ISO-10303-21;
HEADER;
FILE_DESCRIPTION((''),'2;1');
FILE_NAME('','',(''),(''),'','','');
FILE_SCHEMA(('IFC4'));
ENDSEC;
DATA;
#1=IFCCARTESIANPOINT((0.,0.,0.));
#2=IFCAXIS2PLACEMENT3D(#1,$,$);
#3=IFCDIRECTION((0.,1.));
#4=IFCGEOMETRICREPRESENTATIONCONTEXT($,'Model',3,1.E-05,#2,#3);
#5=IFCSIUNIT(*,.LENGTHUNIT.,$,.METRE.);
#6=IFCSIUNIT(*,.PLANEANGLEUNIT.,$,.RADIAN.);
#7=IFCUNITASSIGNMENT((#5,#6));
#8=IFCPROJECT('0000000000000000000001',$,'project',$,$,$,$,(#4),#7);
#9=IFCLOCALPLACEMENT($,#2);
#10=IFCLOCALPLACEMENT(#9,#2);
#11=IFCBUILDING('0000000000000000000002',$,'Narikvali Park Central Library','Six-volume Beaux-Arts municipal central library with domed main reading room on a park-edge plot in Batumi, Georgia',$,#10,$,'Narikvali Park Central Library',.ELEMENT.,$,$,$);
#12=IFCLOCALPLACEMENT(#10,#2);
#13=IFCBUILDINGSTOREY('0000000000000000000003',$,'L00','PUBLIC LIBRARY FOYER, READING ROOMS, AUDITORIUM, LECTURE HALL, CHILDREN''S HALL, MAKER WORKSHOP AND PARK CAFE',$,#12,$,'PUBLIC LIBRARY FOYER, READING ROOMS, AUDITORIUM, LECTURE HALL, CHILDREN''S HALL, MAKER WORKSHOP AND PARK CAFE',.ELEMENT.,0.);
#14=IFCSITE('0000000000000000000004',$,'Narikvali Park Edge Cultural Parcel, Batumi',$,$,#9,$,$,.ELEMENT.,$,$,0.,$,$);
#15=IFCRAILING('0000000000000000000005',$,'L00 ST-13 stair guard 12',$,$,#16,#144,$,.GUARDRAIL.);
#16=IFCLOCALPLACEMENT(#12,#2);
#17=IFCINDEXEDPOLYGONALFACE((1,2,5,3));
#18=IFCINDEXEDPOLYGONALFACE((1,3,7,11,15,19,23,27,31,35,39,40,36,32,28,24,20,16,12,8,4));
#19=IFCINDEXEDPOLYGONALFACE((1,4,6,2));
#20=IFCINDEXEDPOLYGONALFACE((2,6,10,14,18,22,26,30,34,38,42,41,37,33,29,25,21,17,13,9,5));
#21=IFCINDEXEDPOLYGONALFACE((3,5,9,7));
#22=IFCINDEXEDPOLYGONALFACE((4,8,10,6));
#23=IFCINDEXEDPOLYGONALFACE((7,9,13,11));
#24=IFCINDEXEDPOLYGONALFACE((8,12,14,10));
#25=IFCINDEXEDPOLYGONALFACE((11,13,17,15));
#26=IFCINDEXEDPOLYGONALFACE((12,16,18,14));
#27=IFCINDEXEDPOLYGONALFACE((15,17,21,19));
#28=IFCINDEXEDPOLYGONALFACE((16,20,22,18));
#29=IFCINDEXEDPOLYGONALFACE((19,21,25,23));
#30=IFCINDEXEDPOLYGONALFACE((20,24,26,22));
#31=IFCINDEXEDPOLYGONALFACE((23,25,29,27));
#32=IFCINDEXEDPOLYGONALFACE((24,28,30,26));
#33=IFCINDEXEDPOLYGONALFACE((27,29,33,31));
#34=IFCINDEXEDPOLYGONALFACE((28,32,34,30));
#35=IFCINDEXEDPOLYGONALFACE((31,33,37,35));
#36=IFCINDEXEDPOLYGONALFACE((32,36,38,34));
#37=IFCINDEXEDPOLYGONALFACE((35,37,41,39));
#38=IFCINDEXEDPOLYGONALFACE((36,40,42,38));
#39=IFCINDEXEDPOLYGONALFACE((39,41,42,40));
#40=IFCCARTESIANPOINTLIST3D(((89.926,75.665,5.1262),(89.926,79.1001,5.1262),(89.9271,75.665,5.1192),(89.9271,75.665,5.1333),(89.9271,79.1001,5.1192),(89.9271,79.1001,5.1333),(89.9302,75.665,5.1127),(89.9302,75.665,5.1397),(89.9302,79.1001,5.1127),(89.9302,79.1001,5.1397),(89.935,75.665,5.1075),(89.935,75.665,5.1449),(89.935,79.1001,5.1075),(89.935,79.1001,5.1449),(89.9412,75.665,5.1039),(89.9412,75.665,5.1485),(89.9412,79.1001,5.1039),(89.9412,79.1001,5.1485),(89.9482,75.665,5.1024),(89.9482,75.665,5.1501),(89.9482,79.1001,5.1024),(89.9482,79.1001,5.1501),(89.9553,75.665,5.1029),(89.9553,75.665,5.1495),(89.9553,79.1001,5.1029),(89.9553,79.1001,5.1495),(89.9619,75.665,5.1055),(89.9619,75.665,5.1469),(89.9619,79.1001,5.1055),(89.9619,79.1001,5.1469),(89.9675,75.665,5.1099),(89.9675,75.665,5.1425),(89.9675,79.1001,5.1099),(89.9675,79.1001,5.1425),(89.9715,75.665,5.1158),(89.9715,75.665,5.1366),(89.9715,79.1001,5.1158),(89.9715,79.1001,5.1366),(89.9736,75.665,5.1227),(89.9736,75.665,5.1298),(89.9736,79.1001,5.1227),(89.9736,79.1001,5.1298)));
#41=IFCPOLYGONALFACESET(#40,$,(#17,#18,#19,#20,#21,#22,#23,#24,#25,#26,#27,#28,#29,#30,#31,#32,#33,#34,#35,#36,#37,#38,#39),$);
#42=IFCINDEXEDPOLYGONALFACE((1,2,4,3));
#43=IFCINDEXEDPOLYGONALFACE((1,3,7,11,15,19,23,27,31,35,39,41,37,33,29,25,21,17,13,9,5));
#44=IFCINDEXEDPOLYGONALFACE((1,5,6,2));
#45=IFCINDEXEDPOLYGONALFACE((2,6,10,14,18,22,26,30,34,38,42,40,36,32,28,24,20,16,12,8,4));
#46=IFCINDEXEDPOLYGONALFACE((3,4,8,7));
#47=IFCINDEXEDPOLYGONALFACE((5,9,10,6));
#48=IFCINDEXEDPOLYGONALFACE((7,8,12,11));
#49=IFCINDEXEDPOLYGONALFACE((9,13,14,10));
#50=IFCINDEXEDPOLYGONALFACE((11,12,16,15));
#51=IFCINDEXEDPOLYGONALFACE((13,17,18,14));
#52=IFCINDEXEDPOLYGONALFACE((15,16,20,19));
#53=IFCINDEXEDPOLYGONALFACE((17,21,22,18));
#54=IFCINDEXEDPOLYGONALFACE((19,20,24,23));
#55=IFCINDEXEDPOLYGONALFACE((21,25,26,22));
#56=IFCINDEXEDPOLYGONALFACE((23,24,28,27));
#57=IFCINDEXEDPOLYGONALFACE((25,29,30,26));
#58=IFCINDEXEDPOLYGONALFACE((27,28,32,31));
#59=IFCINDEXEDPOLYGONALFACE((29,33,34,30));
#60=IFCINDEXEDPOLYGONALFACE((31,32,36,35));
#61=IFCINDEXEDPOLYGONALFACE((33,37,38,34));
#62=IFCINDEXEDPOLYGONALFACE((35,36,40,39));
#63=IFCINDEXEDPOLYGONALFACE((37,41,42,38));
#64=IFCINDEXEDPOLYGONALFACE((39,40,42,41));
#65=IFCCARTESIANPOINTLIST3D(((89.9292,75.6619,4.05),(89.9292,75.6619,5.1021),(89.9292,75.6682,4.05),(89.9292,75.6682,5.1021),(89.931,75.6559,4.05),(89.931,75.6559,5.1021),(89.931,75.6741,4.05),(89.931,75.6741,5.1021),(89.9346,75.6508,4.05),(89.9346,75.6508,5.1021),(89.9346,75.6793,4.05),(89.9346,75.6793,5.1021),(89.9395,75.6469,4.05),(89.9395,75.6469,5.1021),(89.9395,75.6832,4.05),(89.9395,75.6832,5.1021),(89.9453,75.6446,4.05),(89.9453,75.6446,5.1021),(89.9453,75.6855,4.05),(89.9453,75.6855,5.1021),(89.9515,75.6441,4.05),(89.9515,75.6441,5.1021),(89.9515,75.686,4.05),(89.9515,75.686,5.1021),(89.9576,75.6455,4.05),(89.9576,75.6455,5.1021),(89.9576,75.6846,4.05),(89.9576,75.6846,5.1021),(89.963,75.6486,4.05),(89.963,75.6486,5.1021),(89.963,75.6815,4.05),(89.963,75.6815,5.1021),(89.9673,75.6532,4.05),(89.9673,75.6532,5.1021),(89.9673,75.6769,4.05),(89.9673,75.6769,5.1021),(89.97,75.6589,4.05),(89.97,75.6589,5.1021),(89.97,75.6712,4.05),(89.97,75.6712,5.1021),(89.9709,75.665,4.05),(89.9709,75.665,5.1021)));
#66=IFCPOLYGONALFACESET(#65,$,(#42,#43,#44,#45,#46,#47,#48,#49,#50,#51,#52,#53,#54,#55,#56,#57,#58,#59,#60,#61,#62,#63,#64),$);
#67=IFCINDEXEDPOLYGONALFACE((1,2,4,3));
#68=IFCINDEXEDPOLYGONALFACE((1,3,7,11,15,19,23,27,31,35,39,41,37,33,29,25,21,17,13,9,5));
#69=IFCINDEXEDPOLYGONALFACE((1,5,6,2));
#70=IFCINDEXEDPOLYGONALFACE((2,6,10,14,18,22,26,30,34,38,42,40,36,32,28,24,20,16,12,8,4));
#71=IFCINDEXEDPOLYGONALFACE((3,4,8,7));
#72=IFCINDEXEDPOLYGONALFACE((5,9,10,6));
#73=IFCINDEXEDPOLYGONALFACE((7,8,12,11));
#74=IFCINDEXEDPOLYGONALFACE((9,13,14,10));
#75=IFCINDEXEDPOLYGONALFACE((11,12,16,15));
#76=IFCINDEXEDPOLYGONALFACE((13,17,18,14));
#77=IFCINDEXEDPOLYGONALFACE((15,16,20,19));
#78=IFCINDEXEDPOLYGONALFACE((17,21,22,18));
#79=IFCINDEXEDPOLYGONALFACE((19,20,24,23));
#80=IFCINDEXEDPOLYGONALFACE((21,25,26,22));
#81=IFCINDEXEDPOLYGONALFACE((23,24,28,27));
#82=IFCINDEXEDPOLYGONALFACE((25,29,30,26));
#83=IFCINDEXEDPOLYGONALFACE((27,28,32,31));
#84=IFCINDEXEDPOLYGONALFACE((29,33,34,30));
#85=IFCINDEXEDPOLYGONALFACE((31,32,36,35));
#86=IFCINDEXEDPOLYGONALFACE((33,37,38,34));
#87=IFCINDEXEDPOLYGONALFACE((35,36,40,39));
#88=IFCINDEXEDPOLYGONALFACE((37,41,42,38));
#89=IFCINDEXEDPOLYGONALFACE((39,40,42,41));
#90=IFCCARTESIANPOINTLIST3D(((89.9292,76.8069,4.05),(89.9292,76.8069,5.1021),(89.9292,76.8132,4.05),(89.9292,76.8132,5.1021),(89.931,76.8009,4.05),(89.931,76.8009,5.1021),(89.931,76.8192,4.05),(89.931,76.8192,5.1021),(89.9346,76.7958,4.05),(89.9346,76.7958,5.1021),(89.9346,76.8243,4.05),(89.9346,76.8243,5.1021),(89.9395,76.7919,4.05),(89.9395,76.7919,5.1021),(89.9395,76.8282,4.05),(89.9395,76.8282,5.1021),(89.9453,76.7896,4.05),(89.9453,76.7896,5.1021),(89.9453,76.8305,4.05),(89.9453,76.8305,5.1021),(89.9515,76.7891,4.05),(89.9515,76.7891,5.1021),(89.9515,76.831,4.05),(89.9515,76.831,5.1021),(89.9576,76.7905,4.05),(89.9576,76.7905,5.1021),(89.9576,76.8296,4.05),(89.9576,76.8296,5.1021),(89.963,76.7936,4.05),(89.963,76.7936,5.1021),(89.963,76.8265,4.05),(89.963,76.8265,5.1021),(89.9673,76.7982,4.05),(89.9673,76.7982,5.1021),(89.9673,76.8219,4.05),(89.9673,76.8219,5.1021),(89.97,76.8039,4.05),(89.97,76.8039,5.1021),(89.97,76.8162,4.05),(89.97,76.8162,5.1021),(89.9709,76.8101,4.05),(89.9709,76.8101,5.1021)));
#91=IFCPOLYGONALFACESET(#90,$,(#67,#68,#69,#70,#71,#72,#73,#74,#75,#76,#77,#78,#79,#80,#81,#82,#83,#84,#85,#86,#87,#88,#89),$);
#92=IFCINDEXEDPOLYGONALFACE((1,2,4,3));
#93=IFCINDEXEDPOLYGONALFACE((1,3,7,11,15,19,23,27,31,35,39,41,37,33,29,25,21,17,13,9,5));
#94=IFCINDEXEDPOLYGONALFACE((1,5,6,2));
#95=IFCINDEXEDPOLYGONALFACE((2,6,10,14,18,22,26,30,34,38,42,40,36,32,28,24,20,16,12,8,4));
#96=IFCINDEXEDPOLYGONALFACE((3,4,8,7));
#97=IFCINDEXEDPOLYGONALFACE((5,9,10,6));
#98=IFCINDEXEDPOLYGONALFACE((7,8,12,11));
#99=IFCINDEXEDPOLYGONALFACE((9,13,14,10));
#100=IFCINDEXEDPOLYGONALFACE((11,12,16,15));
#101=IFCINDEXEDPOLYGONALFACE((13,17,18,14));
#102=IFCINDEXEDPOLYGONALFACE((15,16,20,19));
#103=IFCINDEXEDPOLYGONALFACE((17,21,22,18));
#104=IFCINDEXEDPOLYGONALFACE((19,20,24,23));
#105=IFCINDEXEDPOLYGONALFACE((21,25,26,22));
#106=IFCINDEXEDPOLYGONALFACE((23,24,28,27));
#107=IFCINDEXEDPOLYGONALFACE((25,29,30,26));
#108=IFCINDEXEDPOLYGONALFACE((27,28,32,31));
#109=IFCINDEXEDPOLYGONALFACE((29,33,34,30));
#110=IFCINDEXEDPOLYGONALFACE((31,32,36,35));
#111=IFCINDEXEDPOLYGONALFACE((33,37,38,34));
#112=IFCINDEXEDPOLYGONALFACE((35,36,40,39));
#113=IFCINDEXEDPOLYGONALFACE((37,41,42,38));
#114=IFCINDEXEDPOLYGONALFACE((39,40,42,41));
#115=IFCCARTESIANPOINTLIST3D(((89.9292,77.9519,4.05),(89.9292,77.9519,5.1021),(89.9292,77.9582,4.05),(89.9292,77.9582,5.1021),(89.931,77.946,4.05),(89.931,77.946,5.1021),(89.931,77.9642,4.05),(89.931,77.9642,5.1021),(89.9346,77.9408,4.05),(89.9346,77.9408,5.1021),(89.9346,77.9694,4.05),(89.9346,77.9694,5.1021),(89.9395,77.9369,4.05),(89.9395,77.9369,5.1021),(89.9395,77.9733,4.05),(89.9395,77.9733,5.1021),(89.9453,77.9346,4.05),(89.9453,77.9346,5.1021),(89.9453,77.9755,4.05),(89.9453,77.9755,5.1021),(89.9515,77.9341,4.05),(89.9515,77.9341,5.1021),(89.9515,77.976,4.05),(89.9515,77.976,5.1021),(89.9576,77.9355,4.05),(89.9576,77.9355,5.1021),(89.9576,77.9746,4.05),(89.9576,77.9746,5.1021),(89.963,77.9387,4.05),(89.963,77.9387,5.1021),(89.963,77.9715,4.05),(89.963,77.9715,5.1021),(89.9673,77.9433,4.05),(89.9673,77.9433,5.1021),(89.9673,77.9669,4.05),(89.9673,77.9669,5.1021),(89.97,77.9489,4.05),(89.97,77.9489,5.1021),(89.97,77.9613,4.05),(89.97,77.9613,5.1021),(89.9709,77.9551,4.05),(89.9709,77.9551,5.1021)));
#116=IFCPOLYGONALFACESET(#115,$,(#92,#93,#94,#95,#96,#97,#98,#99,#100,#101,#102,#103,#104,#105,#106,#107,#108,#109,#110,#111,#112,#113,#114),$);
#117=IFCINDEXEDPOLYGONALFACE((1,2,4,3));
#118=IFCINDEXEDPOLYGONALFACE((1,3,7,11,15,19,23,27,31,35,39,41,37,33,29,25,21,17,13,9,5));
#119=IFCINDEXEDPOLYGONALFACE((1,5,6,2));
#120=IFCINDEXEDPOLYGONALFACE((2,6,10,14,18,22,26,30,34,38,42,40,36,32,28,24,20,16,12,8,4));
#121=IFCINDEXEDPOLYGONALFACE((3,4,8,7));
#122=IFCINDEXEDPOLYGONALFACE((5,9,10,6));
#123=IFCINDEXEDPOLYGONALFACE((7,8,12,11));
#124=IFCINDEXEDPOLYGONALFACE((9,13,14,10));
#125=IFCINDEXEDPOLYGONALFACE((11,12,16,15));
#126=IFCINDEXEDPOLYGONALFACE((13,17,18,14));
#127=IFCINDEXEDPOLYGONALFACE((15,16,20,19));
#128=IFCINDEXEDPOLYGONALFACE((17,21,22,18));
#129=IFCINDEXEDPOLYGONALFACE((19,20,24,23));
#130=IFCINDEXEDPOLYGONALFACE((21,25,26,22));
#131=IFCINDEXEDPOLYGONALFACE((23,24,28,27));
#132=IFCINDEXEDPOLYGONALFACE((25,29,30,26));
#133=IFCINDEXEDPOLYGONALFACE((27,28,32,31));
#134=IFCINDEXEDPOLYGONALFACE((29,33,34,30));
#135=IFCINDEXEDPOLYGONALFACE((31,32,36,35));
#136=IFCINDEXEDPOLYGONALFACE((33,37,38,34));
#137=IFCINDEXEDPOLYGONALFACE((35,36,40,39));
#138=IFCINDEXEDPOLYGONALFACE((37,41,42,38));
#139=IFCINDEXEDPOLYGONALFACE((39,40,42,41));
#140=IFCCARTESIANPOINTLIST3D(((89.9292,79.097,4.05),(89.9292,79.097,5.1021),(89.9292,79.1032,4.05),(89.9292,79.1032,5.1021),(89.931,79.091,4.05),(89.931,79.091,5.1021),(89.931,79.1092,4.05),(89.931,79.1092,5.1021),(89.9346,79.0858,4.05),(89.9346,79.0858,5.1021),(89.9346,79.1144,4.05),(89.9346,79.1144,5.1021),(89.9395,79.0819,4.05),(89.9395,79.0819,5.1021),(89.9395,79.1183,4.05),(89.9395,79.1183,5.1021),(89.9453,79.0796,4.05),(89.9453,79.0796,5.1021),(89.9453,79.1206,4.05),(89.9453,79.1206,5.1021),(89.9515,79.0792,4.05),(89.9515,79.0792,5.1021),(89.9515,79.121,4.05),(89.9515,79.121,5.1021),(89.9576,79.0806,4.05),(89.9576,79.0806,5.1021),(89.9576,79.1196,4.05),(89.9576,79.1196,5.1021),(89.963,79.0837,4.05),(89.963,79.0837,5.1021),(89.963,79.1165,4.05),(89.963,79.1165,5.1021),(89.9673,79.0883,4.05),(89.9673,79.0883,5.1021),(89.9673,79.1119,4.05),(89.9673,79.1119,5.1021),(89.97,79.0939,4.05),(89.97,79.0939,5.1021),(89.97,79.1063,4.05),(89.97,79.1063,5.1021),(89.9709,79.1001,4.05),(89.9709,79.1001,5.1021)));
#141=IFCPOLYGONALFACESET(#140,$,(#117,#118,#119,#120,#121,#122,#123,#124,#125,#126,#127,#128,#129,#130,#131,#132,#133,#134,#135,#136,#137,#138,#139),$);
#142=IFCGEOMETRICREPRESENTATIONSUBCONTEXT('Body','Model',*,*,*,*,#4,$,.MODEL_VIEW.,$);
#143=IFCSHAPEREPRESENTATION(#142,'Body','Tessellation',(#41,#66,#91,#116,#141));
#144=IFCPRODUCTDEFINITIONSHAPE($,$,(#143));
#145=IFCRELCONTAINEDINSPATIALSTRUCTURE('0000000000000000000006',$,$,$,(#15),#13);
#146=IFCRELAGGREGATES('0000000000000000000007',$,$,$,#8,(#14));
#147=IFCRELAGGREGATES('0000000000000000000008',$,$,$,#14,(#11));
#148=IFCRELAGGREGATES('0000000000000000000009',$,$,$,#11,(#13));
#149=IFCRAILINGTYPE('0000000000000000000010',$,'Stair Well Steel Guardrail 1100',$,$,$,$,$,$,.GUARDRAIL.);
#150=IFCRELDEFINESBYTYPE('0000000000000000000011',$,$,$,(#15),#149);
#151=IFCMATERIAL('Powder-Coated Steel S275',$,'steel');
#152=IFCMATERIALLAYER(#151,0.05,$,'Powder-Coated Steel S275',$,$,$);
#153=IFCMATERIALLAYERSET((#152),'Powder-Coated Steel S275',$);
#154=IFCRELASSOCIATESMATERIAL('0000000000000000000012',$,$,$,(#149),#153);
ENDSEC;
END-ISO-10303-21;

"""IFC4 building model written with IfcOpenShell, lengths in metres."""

from ifc_helpers import new_model, si_unit, direction, frame, origin, origin_2d, place, context, subcontext, project, spatial, circle, extrude, material, layer, layer_set, type_object, element, save


model = new_model("IFC4")

# Units and contexts
model_context = context("Model", 3, precision=1e-05, world=origin(), true_north=direction((0.0, 1.0)))
body_context = subcontext(model_context, "Body", "Model", "MODEL_VIEW")
ifc_project = project(units=[si_unit("LENGTHUNIT", "METRE"), si_unit("PLANEANGLEUNIT", "RADIAN")], contexts=[model_context])

# Site, building, storey
site_placement = place(None, origin())
site = spatial("IfcSite", under=ifc_project, at=site_placement, Name="Narikvali Park Edge Cultural Parcel, Batumi", CompositionType="ELEMENT", RefElevation=0.0)
building_placement = place(site_placement, origin())
building = spatial("IfcBuilding", under=site, at=building_placement, Name="Narikvali Park Central Library", Description="Six-volume Beaux-Arts municipal central library with domed main reading room on a park-edge plot in Batumi, Georgia", LongName="Narikvali Park Central Library", CompositionType="ELEMENT")
storey_placement = place(building_placement, origin())
storey = spatial("IfcBuildingStorey", under=building, at=storey_placement, Name="L00", Description="PUBLIC LIBRARY FOYER, READING ROOMS, AUDITORIUM, LECTURE HALL, CHILDREN'S HALL, MAKER WORKSHOP AND PARK CAFE", LongName="PUBLIC LIBRARY FOYER, READING ROOMS, AUDITORIUM, LECTURE HALL, CHILDREN'S HALL, MAKER WORKSHOP AND PARK CAFE", CompositionType="ELEMENT", Elevation=0.0)

# Railing
ifc_material_1 = material(Name="Powder-Coated Steel S275", Category="steel")
ifc_layer_1 = layer(ifc_material_1, 0.05, Name="Powder-Coated Steel S275")
ifc_layer_set_1 = layer_set([ifc_layer_1], Name="Powder-Coated Steel S275")
railing_type_1 = type_object("IfcRailingType", Name="Stair Well Steel Guardrail 1100", PredefinedType="GUARDRAIL", material=ifc_layer_set_1)
railing_1_placement = place(storey_placement, frame((89.95, 75.665, 4.05)))
element("IfcRailing", 1, at=railing_1_placement, inside=storey, type_object=railing_type_1, Name="L00 ST-13 stair guard 12", PredefinedType="GUARDRAIL", context=body_context, shape_type="SweptSolid", body=[
    extrude(circle(Radius=0.0239, at=origin_2d()), frame((0.0, 0.0, 1.0762), z_axis=(0.0, 1.0, 0.0), x_axis=(-1.0, 0.0, 0.0)), (0.0, 0.0, 1.0), 3.4351),
    extrude(circle(Radius=0.021, at=origin_2d()), origin(), (0.0, 0.0, 1.0), 1.052),
    extrude(circle(Radius=0.021, at=origin_2d()), frame((0.0, 1.145, 0.0)), (0.0, 0.0, 1.0), 1.052),
    extrude(circle(Radius=0.021, at=origin_2d()), frame((0.0, 2.29, 0.0)), (0.0, 0.0, 1.0), 1.052),
    extrude(circle(Radius=0.021, at=origin_2d()), frame((0.0, 3.4351, 0.0)), (0.0, 0.0, 1.0), 1.052),
])

save(model, "model.ifc")
